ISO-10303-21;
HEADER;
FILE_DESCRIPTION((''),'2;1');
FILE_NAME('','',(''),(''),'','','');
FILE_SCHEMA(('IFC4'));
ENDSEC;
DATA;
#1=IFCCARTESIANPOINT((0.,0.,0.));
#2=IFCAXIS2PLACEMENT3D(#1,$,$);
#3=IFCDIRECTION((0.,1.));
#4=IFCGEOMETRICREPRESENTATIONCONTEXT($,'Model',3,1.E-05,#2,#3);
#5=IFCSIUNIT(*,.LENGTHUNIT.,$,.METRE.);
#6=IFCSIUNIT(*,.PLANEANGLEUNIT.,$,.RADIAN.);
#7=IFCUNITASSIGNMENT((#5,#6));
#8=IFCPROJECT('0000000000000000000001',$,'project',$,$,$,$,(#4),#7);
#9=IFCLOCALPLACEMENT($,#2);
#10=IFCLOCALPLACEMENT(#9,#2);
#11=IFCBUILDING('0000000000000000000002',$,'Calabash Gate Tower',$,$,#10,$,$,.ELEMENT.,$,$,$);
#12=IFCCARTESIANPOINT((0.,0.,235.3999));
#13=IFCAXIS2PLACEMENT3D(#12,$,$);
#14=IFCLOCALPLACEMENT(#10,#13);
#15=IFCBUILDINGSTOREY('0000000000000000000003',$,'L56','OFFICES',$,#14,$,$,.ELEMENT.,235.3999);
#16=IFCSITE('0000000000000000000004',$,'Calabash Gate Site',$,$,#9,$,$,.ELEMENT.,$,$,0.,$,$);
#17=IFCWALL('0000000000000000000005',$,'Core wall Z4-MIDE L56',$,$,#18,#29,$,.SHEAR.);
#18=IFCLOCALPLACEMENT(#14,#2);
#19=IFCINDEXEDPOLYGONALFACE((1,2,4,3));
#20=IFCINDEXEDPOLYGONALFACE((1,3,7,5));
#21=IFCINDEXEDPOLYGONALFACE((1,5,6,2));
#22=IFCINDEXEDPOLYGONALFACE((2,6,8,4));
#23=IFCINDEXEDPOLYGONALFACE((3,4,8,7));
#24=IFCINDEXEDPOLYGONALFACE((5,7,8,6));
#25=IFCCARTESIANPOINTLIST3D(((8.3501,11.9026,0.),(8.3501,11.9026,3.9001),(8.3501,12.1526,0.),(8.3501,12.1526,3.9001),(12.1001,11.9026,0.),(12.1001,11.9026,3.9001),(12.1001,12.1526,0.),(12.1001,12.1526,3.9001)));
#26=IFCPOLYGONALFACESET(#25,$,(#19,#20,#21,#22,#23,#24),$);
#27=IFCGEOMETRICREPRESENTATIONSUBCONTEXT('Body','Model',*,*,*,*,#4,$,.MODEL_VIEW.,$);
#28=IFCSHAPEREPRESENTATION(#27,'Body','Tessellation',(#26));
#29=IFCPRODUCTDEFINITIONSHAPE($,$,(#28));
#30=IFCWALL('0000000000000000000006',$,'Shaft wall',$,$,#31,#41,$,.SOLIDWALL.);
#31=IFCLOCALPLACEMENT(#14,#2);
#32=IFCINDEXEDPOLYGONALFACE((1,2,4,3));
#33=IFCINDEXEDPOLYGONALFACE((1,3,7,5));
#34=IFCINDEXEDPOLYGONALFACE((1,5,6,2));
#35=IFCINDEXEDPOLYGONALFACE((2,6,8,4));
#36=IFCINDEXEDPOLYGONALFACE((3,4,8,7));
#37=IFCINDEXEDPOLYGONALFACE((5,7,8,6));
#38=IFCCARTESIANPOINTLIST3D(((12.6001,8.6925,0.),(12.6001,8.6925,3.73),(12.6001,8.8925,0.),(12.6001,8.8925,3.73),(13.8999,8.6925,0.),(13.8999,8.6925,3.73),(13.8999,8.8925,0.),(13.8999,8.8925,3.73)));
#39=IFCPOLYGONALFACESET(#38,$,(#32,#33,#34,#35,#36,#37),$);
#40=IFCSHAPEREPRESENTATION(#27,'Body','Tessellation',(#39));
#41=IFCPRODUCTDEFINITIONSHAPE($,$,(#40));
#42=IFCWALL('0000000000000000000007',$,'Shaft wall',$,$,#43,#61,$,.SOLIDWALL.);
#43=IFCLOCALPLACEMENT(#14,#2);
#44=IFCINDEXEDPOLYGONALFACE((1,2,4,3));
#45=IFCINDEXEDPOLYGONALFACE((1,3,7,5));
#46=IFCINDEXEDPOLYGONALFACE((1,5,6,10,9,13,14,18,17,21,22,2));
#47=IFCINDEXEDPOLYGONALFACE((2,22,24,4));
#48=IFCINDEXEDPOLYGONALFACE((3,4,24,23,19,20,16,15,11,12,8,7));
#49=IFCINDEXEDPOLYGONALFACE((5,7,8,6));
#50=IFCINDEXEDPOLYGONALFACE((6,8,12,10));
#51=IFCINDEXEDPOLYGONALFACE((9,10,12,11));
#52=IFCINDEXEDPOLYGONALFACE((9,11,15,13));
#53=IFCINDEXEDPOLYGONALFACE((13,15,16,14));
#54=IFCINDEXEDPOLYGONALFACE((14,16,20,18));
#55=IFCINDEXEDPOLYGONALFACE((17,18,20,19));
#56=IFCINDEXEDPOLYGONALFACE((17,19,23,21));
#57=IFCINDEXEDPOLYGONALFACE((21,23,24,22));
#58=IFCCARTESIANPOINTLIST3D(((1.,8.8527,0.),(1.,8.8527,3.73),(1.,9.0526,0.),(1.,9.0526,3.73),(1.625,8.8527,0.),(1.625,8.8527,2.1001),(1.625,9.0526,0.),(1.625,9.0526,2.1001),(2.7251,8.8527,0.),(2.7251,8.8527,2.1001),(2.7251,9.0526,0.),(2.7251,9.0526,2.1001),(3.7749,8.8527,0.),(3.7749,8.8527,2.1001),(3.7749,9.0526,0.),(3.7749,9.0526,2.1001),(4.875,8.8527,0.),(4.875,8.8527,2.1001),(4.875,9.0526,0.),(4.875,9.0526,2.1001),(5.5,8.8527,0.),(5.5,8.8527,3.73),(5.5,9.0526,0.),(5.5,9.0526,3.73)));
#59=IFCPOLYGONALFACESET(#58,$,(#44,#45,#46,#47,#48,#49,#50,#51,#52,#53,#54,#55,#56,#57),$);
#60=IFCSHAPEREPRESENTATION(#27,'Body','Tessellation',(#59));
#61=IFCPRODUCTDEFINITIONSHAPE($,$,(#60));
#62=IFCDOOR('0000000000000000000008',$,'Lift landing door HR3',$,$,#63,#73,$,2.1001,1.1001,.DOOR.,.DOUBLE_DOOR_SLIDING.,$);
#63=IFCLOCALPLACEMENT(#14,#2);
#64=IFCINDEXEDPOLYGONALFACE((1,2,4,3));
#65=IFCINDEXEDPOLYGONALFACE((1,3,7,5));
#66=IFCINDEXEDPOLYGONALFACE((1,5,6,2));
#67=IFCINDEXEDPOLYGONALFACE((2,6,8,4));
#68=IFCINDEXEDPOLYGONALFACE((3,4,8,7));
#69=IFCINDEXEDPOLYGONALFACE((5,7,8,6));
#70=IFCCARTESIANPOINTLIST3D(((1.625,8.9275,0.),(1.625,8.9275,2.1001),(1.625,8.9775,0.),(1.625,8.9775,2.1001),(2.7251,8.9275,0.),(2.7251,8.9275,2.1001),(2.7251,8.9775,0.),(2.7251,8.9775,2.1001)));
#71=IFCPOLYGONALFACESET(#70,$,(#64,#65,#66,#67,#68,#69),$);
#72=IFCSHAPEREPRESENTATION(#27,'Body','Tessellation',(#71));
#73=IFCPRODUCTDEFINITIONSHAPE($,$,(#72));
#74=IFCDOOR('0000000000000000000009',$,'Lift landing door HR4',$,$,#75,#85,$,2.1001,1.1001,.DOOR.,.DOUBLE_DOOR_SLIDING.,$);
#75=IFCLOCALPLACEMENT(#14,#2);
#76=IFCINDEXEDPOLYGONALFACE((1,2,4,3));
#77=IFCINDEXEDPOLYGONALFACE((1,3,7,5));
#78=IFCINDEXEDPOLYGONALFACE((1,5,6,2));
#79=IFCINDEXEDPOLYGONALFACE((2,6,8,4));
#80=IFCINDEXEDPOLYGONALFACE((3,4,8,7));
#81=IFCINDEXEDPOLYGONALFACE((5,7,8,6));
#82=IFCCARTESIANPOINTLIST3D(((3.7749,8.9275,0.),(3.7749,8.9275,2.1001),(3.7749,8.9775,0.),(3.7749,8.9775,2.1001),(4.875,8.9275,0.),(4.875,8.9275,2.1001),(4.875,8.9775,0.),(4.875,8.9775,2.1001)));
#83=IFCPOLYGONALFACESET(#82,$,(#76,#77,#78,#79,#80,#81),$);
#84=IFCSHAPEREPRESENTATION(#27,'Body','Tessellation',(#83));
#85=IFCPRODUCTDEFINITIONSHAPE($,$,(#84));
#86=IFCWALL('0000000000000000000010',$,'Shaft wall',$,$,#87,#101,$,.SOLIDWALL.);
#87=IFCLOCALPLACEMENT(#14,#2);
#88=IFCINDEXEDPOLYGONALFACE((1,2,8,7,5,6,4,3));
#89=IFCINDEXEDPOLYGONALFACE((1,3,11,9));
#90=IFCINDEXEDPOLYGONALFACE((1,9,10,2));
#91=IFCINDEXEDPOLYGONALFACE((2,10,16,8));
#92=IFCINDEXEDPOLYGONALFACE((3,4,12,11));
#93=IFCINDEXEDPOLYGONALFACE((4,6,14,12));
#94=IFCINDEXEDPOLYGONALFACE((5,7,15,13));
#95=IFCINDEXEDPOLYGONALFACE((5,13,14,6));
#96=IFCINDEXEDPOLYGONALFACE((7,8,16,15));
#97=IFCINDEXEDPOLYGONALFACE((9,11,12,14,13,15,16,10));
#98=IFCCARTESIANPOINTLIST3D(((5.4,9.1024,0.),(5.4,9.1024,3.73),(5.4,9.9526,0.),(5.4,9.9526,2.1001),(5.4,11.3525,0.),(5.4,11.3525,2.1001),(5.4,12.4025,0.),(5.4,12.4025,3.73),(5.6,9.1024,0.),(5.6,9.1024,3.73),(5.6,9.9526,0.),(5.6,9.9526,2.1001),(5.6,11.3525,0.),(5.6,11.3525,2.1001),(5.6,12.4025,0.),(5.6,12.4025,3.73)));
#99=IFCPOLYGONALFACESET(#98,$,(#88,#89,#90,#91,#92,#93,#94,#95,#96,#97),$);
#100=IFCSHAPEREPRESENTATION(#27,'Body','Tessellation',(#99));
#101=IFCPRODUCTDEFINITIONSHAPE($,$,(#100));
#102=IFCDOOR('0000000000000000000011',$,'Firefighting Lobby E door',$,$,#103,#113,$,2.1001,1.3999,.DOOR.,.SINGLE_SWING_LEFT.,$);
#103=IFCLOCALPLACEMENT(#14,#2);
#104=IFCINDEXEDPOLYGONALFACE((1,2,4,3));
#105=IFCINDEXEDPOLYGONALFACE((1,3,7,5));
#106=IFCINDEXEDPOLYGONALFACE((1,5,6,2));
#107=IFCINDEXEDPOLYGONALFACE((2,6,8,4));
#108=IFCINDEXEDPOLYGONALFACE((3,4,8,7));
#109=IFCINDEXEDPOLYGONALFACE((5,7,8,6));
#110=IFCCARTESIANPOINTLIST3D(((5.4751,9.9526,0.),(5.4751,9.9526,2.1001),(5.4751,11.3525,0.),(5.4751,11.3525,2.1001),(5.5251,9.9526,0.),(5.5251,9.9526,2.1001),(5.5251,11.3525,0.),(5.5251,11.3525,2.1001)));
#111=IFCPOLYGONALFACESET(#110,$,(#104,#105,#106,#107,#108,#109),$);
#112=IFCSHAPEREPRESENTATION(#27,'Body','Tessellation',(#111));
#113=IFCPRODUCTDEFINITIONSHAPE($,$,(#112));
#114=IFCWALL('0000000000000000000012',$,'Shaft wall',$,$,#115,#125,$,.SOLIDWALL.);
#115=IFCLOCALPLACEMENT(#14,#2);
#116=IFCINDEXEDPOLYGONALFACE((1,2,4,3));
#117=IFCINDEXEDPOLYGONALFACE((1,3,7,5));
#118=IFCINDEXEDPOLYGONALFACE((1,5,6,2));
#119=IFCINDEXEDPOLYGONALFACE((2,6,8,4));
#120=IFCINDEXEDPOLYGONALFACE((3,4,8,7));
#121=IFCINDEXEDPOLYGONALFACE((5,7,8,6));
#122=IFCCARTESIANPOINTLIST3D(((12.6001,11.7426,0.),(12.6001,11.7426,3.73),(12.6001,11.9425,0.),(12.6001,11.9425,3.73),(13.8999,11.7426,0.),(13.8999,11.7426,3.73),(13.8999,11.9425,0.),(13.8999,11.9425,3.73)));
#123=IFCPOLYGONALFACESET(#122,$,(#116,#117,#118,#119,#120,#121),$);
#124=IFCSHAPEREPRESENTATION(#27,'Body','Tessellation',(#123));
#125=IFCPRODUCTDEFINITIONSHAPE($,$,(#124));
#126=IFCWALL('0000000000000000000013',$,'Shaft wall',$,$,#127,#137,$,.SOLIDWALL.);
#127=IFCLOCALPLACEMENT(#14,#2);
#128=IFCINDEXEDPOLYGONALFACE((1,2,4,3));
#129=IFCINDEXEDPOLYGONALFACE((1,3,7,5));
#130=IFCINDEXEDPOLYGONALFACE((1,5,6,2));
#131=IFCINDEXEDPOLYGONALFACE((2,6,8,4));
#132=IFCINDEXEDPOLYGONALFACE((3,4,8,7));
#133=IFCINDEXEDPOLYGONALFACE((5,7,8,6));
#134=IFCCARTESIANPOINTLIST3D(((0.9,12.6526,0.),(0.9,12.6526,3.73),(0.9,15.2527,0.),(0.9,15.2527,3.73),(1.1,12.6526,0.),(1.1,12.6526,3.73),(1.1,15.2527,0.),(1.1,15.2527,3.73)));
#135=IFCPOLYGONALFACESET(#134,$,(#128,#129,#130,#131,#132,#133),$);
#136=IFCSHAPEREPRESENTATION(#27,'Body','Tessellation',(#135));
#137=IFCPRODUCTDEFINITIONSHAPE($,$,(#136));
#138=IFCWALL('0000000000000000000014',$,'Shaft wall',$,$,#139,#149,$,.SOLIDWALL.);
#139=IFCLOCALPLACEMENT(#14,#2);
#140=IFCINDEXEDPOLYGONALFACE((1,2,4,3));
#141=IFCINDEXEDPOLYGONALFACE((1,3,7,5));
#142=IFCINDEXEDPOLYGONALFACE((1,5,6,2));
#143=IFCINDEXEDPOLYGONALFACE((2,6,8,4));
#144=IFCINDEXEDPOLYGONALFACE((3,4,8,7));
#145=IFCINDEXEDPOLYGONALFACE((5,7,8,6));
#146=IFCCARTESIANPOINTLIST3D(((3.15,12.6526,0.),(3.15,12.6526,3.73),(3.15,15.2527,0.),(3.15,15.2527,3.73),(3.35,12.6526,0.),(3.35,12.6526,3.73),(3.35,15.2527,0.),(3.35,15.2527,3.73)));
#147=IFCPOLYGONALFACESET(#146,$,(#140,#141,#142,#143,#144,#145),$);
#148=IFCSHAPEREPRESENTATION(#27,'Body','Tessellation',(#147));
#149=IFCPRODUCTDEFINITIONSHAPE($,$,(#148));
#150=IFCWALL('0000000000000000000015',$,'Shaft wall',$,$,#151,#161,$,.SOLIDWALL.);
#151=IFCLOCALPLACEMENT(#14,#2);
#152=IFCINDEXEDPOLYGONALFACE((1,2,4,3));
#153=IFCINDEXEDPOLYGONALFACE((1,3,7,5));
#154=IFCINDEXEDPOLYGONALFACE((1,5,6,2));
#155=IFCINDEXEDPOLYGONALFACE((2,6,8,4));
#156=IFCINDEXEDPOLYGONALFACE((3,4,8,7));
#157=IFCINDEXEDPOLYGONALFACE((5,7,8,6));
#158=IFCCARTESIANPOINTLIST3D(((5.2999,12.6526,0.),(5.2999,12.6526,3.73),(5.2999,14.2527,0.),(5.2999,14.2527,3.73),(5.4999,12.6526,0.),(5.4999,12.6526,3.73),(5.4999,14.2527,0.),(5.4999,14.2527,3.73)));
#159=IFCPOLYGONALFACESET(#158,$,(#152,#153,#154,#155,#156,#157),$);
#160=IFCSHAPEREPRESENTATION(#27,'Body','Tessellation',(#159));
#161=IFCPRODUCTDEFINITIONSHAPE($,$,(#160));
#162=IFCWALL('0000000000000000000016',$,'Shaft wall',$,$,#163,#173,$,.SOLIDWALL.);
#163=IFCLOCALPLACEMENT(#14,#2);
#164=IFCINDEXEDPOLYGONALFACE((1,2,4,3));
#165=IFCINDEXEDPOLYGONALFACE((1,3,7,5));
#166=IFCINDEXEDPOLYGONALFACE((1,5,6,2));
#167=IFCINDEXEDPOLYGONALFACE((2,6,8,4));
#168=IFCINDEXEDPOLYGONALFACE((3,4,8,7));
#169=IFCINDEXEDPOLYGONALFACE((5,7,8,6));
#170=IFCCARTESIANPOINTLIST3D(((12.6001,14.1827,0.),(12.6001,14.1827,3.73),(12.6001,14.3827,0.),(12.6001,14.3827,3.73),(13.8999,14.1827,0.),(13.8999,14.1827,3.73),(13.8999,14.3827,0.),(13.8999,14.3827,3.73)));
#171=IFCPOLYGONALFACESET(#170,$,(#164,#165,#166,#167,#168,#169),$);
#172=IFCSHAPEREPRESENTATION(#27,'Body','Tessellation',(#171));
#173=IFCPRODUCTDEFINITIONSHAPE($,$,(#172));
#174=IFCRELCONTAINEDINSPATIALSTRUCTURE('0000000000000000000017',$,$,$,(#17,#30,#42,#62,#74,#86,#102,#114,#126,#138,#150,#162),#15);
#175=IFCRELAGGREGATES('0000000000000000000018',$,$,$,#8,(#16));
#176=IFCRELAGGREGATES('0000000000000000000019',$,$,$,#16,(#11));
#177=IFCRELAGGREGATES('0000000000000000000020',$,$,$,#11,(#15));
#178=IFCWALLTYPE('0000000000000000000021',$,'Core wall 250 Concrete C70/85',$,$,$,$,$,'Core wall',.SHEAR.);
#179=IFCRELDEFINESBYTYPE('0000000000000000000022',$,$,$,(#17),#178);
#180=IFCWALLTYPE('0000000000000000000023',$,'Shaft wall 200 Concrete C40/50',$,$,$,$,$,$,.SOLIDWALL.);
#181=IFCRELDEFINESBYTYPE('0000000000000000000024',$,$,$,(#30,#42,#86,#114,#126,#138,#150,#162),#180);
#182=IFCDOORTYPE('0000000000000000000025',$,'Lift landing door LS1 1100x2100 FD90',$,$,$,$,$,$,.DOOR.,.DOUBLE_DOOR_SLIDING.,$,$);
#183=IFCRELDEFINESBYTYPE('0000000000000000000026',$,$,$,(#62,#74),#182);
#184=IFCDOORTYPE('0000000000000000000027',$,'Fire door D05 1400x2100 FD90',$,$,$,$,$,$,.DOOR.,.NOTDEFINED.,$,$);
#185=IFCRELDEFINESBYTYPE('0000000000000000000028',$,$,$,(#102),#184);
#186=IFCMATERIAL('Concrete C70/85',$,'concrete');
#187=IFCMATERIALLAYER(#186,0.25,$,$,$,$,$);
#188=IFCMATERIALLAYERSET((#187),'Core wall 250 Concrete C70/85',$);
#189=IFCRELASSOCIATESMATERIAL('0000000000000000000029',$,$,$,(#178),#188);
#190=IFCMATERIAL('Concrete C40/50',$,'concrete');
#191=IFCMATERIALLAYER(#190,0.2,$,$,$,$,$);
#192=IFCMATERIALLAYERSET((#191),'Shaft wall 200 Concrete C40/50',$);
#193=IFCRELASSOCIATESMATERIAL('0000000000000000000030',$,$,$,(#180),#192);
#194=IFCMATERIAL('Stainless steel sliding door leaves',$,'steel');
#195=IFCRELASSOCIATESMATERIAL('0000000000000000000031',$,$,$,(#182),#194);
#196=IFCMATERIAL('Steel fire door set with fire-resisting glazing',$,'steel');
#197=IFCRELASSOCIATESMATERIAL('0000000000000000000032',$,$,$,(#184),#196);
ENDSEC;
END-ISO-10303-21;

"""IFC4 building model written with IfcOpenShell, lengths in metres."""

from ifc_helpers import new_model, si_unit, direction, frame, frame_2d, origin, place, context, subcontext, project, spatial, rectangle, extrude, material, layer, layer_set, type_object, element, fill, save


model = new_model("IFC4")

# Units and contexts
model_context = context("Model", 3, precision=1e-05, world=origin(), true_north=direction((0.0, 1.0)))
body_context = subcontext(model_context, "Body", "Model", "MODEL_VIEW")
ifc_project = project(units=[si_unit("LENGTHUNIT", "METRE"), si_unit("PLANEANGLEUNIT", "RADIAN")], contexts=[model_context])

# Site, building, storey
site_placement = place(None, origin())
site = spatial("IfcSite", under=ifc_project, at=site_placement, Name="Calabash Gate Site", CompositionType="ELEMENT", RefElevation=0.0)
building_placement = place(site_placement, origin())
building = spatial("IfcBuilding", under=site, at=building_placement, Name="Calabash Gate Tower", CompositionType="ELEMENT")
storey_placement = place(building_placement, frame((0.0, 0.0, 235.3999)))
storey = spatial("IfcBuildingStorey", under=building, at=storey_placement, Name="L56", Description="OFFICES", CompositionType="ELEMENT", Elevation=235.3999)

# Walls
ifc_material_1 = material(Name="Concrete C70/85", Category="concrete")
ifc_layer_1 = layer(ifc_material_1, 0.25)
ifc_layer_set_1 = layer_set([ifc_layer_1], Name="Core wall 250 Concrete C70/85")
wall_type_1 = type_object("IfcWallType", Name="Core wall 250 Concrete C70/85", ElementType="Core wall", PredefinedType="SHEAR", material=ifc_layer_set_1)
wall_1_placement = place(storey_placement, frame((8.3501, 12.0276, 0.0), z_axis=(0.0, 0.0, 1.0), x_axis=(1.0, 0.0, 0.0)))
element("IfcWall", 1, at=wall_1_placement, inside=storey, type_object=wall_type_1, Name="Core wall Z4-MIDE L56", PredefinedType="SHEAR", context=body_context, shape_type="SweptSolid", body=[
    extrude(rectangle(XDim=3.75, YDim=0.25, at=frame_2d((1.875, 0.0))), origin(), (0.0, 0.0, 1.0), 3.9001),
])
ifc_material_2 = material(Name="Concrete C40/50", Category="concrete")
ifc_layer_2 = layer(ifc_material_2, 0.2)
ifc_layer_set_2 = layer_set([ifc_layer_2], Name="Shaft wall 200 Concrete C40/50")
wall_type_2 = type_object("IfcWallType", Name="Shaft wall 200 Concrete C40/50", PredefinedType="SOLIDWALL", material=ifc_layer_set_2)
wall_2_placement = place(storey_placement, frame((12.6001, 8.7925, 0.0), z_axis=(0.0, 0.0, 1.0), x_axis=(1.0, 0.0, 0.0)))
element("IfcWall", 2, at=wall_2_placement, inside=storey, type_object=wall_type_2, Name="Shaft wall", PredefinedType="SOLIDWALL", context=body_context, shape_type="SweptSolid", body=[
    extrude(rectangle(XDim=1.2998, YDim=0.2, at=frame_2d((0.6499, 0.0))), origin(), (0.0, 0.0, 1.0), 3.73),
])

# Wall, openings, doors
wall_3_placement = place(storey_placement, frame((1.0, 8.9526, 0.0), z_axis=(0.0, 0.0, 1.0), x_axis=(1.0, 0.0, 0.0)))
wall_3 = element("IfcWall", 3, at=wall_3_placement, inside=storey, type_object=wall_type_2, Name="Shaft wall", PredefinedType="SOLIDWALL", context=body_context, shape_type="SweptSolid", body=[
    extrude(rectangle(XDim=4.5, YDim=0.2, at=frame_2d((2.25, 0.0))), origin(), (0.0, 0.0, 1.0), 3.73),
])
opening_1_placement = place(wall_3_placement, frame((0.625, 0.0, 0.0)))
opening_1 = element("IfcOpeningElement", 4, at=opening_1_placement, cuts=wall_3, PredefinedType="OPENING", context=body_context, shape_type="SweptSolid", body=[
    extrude(rectangle(XDim=1.1001, YDim=2.1001, at=frame_2d((0.55, 1.05))), frame((0.0, 0.1099, 0.0), z_axis=(0.0, -1.0, 0.0), x_axis=(1.0, 0.0, 0.0)), (0.0, 0.0, 1.0), 0.22),
])
opening_2_placement = place(wall_3_placement, frame((2.7749, 0.0, 0.0)))
opening_2 = element("IfcOpeningElement", 5, at=opening_2_placement, cuts=wall_3, PredefinedType="OPENING", context=body_context, shape_type="SweptSolid", body=[
    extrude(rectangle(XDim=1.1001, YDim=2.1001, at=frame_2d((0.55, 1.05))), frame((0.0, 0.1099, 0.0), z_axis=(0.0, -1.0, 0.0), x_axis=(1.0, 0.0, 0.0)), (0.0, 0.0, 1.0), 0.22),
])
ifc_material_3 = material(Name="Stainless steel sliding door leaves", Category="steel")
door_type_1 = type_object("IfcDoorType", Name="Lift landing door LS1 1100x2100 FD90", OperationType="DOUBLE_DOOR_SLIDING", PredefinedType="DOOR", material=ifc_material_3)
door_1_placement = place(opening_1_placement, origin())
door_1 = element("IfcDoor", 6, at=door_1_placement, inside=storey, type_object=door_type_1, Name="Lift landing door HR3", OperationType="DOUBLE_DOOR_SLIDING", OverallHeight=2.1001, OverallWidth=1.1001, PredefinedType="DOOR", context=body_context, shape_type="SweptSolid", body=[
    extrude(rectangle(XDim=1.1001, YDim=2.1001, at=frame_2d((0.55, 1.05))), frame((0.0, 0.0249, 0.0), z_axis=(0.0, -1.0, 0.0), x_axis=(1.0, 0.0, 0.0)), (0.0, 0.0, 1.0), 0.05),
])
fill(opening_1, door_1)
door_2_placement = place(opening_2_placement, origin())
door_2 = element("IfcDoor", 7, at=door_2_placement, inside=storey, type_object=door_type_1, Name="Lift landing door HR4", OperationType="DOUBLE_DOOR_SLIDING", OverallHeight=2.1001, OverallWidth=1.1001, PredefinedType="DOOR", context=body_context, shape_type="SweptSolid", body=[
    extrude(rectangle(XDim=1.1001, YDim=2.1001, at=frame_2d((0.55, 1.05))), frame((0.0, 0.0249, 0.0), z_axis=(0.0, -1.0, 0.0), x_axis=(1.0, 0.0, 0.0)), (0.0, 0.0, 1.0), 0.05),
])
fill(opening_2, door_2)

# Wall, opening, door
wall_4_placement = place(storey_placement, frame((5.5, 9.1025, 0.0), z_axis=(0.0, 0.0, 1.0), x_axis=(0.0, 1.0, 0.0)))
wall_4 = element("IfcWall", 8, at=wall_4_placement, inside=storey, type_object=wall_type_2, Name="Shaft wall", PredefinedType="SOLIDWALL", context=body_context, shape_type="SweptSolid", body=[
    extrude(rectangle(XDim=3.3, YDim=0.2, at=frame_2d((1.6499, 0.0))), origin(), (0.0, 0.0, 1.0), 3.73),
])
opening_3_placement = place(wall_4_placement, frame((0.8501, 0.0, 0.0)))
opening_3 = element("IfcOpeningElement", 9, at=opening_3_placement, cuts=wall_4, PredefinedType="OPENING", context=body_context, shape_type="SweptSolid", body=[
    extrude(rectangle(XDim=1.3999, YDim=2.1001, at=frame_2d((0.7, 1.05))), frame((0.0, 0.1099, 0.0), z_axis=(0.0, -1.0, 0.0), x_axis=(1.0, 0.0, 0.0)), (0.0, 0.0, 1.0), 0.22),
])
ifc_material_4 = material(Name="Steel fire door set with fire-resisting glazing", Category="steel")
door_type_2 = type_object("IfcDoorType", Name="Fire door D05 1400x2100 FD90", OperationType="NOTDEFINED", PredefinedType="DOOR", material=ifc_material_4)
door_3_placement = place(opening_3_placement, origin())
door_3 = element("IfcDoor", 10, at=door_3_placement, inside=storey, type_object=door_type_2, Name="Firefighting Lobby E door", OperationType="SINGLE_SWING_LEFT", OverallHeight=2.1001, OverallWidth=1.3999, PredefinedType="DOOR", context=body_context, shape_type="SweptSolid", body=[
    extrude(rectangle(XDim=1.3999, YDim=2.1001, at=frame_2d((0.7, 1.05))), frame((0.0, 0.0249, 0.0), z_axis=(0.0, -1.0, 0.0), x_axis=(1.0, 0.0, 0.0)), (0.0, 0.0, 1.0), 0.05),
])
fill(opening_3, door_3)

# Walls
wall_5_placement = place(storey_placement, frame((12.6001, 11.8425, 0.0), z_axis=(0.0, 0.0, 1.0), x_axis=(1.0, 0.0, 0.0)))
element("IfcWall", 11, at=wall_5_placement, inside=storey, type_object=wall_type_2, Name="Shaft wall", PredefinedType="SOLIDWALL", context=body_context, shape_type="SweptSolid", body=[
    extrude(rectangle(XDim=1.2998, YDim=0.2, at=frame_2d((0.6499, 0.0))), origin(), (0.0, 0.0, 1.0), 3.73),
])
for number, where, z_axis, x_axis, name in (
    (12, (1.0, 12.6526, 0.0), (0.0, 0.0, 1.0), (0.0, 1.0, 0.0), "Shaft wall"),
    (13, (3.25, 12.6526, 0.0), (0.0, 0.0, 1.0), (0.0, 1.0, 0.0), "Shaft wall"),
):
    element("IfcWall", number, at=place(storey_placement, frame(where, z_axis=z_axis, x_axis=x_axis)), inside=storey, type_object=wall_type_2, Name=name, PredefinedType="SOLIDWALL", context=body_context, shape_type="SweptSolid", body=[
        extrude(rectangle(XDim=2.6001, YDim=0.2, at=frame_2d((1.3, 0.0))), origin(), (0.0, 0.0, 1.0), 3.73),
    ])
wall_6_placement = place(storey_placement, frame((5.3999, 12.6526, 0.0), z_axis=(0.0, 0.0, 1.0), x_axis=(0.0, 1.0, 0.0)))
element("IfcWall", 14, at=wall_6_placement, inside=storey, type_object=wall_type_2, Name="Shaft wall", PredefinedType="SOLIDWALL", context=body_context, shape_type="SweptSolid", body=[
    extrude(rectangle(XDim=1.6001, YDim=0.2, at=frame_2d((0.8, 0.0))), origin(), (0.0, 0.0, 1.0), 3.73),
])
wall_7_placement = place(storey_placement, frame((12.6001, 14.2827, 0.0), z_axis=(0.0, 0.0, 1.0), x_axis=(1.0, 0.0, 0.0)))
element("IfcWall", 15, at=wall_7_placement, inside=storey, type_object=wall_type_2, Name="Shaft wall", PredefinedType="SOLIDWALL", context=body_context, shape_type="SweptSolid", body=[
    extrude(rectangle(XDim=1.2998, YDim=0.2, at=frame_2d((0.6499, 0.0))), origin(), (0.0, 0.0, 1.0), 3.73),
])

save(model, "model.ifc")
